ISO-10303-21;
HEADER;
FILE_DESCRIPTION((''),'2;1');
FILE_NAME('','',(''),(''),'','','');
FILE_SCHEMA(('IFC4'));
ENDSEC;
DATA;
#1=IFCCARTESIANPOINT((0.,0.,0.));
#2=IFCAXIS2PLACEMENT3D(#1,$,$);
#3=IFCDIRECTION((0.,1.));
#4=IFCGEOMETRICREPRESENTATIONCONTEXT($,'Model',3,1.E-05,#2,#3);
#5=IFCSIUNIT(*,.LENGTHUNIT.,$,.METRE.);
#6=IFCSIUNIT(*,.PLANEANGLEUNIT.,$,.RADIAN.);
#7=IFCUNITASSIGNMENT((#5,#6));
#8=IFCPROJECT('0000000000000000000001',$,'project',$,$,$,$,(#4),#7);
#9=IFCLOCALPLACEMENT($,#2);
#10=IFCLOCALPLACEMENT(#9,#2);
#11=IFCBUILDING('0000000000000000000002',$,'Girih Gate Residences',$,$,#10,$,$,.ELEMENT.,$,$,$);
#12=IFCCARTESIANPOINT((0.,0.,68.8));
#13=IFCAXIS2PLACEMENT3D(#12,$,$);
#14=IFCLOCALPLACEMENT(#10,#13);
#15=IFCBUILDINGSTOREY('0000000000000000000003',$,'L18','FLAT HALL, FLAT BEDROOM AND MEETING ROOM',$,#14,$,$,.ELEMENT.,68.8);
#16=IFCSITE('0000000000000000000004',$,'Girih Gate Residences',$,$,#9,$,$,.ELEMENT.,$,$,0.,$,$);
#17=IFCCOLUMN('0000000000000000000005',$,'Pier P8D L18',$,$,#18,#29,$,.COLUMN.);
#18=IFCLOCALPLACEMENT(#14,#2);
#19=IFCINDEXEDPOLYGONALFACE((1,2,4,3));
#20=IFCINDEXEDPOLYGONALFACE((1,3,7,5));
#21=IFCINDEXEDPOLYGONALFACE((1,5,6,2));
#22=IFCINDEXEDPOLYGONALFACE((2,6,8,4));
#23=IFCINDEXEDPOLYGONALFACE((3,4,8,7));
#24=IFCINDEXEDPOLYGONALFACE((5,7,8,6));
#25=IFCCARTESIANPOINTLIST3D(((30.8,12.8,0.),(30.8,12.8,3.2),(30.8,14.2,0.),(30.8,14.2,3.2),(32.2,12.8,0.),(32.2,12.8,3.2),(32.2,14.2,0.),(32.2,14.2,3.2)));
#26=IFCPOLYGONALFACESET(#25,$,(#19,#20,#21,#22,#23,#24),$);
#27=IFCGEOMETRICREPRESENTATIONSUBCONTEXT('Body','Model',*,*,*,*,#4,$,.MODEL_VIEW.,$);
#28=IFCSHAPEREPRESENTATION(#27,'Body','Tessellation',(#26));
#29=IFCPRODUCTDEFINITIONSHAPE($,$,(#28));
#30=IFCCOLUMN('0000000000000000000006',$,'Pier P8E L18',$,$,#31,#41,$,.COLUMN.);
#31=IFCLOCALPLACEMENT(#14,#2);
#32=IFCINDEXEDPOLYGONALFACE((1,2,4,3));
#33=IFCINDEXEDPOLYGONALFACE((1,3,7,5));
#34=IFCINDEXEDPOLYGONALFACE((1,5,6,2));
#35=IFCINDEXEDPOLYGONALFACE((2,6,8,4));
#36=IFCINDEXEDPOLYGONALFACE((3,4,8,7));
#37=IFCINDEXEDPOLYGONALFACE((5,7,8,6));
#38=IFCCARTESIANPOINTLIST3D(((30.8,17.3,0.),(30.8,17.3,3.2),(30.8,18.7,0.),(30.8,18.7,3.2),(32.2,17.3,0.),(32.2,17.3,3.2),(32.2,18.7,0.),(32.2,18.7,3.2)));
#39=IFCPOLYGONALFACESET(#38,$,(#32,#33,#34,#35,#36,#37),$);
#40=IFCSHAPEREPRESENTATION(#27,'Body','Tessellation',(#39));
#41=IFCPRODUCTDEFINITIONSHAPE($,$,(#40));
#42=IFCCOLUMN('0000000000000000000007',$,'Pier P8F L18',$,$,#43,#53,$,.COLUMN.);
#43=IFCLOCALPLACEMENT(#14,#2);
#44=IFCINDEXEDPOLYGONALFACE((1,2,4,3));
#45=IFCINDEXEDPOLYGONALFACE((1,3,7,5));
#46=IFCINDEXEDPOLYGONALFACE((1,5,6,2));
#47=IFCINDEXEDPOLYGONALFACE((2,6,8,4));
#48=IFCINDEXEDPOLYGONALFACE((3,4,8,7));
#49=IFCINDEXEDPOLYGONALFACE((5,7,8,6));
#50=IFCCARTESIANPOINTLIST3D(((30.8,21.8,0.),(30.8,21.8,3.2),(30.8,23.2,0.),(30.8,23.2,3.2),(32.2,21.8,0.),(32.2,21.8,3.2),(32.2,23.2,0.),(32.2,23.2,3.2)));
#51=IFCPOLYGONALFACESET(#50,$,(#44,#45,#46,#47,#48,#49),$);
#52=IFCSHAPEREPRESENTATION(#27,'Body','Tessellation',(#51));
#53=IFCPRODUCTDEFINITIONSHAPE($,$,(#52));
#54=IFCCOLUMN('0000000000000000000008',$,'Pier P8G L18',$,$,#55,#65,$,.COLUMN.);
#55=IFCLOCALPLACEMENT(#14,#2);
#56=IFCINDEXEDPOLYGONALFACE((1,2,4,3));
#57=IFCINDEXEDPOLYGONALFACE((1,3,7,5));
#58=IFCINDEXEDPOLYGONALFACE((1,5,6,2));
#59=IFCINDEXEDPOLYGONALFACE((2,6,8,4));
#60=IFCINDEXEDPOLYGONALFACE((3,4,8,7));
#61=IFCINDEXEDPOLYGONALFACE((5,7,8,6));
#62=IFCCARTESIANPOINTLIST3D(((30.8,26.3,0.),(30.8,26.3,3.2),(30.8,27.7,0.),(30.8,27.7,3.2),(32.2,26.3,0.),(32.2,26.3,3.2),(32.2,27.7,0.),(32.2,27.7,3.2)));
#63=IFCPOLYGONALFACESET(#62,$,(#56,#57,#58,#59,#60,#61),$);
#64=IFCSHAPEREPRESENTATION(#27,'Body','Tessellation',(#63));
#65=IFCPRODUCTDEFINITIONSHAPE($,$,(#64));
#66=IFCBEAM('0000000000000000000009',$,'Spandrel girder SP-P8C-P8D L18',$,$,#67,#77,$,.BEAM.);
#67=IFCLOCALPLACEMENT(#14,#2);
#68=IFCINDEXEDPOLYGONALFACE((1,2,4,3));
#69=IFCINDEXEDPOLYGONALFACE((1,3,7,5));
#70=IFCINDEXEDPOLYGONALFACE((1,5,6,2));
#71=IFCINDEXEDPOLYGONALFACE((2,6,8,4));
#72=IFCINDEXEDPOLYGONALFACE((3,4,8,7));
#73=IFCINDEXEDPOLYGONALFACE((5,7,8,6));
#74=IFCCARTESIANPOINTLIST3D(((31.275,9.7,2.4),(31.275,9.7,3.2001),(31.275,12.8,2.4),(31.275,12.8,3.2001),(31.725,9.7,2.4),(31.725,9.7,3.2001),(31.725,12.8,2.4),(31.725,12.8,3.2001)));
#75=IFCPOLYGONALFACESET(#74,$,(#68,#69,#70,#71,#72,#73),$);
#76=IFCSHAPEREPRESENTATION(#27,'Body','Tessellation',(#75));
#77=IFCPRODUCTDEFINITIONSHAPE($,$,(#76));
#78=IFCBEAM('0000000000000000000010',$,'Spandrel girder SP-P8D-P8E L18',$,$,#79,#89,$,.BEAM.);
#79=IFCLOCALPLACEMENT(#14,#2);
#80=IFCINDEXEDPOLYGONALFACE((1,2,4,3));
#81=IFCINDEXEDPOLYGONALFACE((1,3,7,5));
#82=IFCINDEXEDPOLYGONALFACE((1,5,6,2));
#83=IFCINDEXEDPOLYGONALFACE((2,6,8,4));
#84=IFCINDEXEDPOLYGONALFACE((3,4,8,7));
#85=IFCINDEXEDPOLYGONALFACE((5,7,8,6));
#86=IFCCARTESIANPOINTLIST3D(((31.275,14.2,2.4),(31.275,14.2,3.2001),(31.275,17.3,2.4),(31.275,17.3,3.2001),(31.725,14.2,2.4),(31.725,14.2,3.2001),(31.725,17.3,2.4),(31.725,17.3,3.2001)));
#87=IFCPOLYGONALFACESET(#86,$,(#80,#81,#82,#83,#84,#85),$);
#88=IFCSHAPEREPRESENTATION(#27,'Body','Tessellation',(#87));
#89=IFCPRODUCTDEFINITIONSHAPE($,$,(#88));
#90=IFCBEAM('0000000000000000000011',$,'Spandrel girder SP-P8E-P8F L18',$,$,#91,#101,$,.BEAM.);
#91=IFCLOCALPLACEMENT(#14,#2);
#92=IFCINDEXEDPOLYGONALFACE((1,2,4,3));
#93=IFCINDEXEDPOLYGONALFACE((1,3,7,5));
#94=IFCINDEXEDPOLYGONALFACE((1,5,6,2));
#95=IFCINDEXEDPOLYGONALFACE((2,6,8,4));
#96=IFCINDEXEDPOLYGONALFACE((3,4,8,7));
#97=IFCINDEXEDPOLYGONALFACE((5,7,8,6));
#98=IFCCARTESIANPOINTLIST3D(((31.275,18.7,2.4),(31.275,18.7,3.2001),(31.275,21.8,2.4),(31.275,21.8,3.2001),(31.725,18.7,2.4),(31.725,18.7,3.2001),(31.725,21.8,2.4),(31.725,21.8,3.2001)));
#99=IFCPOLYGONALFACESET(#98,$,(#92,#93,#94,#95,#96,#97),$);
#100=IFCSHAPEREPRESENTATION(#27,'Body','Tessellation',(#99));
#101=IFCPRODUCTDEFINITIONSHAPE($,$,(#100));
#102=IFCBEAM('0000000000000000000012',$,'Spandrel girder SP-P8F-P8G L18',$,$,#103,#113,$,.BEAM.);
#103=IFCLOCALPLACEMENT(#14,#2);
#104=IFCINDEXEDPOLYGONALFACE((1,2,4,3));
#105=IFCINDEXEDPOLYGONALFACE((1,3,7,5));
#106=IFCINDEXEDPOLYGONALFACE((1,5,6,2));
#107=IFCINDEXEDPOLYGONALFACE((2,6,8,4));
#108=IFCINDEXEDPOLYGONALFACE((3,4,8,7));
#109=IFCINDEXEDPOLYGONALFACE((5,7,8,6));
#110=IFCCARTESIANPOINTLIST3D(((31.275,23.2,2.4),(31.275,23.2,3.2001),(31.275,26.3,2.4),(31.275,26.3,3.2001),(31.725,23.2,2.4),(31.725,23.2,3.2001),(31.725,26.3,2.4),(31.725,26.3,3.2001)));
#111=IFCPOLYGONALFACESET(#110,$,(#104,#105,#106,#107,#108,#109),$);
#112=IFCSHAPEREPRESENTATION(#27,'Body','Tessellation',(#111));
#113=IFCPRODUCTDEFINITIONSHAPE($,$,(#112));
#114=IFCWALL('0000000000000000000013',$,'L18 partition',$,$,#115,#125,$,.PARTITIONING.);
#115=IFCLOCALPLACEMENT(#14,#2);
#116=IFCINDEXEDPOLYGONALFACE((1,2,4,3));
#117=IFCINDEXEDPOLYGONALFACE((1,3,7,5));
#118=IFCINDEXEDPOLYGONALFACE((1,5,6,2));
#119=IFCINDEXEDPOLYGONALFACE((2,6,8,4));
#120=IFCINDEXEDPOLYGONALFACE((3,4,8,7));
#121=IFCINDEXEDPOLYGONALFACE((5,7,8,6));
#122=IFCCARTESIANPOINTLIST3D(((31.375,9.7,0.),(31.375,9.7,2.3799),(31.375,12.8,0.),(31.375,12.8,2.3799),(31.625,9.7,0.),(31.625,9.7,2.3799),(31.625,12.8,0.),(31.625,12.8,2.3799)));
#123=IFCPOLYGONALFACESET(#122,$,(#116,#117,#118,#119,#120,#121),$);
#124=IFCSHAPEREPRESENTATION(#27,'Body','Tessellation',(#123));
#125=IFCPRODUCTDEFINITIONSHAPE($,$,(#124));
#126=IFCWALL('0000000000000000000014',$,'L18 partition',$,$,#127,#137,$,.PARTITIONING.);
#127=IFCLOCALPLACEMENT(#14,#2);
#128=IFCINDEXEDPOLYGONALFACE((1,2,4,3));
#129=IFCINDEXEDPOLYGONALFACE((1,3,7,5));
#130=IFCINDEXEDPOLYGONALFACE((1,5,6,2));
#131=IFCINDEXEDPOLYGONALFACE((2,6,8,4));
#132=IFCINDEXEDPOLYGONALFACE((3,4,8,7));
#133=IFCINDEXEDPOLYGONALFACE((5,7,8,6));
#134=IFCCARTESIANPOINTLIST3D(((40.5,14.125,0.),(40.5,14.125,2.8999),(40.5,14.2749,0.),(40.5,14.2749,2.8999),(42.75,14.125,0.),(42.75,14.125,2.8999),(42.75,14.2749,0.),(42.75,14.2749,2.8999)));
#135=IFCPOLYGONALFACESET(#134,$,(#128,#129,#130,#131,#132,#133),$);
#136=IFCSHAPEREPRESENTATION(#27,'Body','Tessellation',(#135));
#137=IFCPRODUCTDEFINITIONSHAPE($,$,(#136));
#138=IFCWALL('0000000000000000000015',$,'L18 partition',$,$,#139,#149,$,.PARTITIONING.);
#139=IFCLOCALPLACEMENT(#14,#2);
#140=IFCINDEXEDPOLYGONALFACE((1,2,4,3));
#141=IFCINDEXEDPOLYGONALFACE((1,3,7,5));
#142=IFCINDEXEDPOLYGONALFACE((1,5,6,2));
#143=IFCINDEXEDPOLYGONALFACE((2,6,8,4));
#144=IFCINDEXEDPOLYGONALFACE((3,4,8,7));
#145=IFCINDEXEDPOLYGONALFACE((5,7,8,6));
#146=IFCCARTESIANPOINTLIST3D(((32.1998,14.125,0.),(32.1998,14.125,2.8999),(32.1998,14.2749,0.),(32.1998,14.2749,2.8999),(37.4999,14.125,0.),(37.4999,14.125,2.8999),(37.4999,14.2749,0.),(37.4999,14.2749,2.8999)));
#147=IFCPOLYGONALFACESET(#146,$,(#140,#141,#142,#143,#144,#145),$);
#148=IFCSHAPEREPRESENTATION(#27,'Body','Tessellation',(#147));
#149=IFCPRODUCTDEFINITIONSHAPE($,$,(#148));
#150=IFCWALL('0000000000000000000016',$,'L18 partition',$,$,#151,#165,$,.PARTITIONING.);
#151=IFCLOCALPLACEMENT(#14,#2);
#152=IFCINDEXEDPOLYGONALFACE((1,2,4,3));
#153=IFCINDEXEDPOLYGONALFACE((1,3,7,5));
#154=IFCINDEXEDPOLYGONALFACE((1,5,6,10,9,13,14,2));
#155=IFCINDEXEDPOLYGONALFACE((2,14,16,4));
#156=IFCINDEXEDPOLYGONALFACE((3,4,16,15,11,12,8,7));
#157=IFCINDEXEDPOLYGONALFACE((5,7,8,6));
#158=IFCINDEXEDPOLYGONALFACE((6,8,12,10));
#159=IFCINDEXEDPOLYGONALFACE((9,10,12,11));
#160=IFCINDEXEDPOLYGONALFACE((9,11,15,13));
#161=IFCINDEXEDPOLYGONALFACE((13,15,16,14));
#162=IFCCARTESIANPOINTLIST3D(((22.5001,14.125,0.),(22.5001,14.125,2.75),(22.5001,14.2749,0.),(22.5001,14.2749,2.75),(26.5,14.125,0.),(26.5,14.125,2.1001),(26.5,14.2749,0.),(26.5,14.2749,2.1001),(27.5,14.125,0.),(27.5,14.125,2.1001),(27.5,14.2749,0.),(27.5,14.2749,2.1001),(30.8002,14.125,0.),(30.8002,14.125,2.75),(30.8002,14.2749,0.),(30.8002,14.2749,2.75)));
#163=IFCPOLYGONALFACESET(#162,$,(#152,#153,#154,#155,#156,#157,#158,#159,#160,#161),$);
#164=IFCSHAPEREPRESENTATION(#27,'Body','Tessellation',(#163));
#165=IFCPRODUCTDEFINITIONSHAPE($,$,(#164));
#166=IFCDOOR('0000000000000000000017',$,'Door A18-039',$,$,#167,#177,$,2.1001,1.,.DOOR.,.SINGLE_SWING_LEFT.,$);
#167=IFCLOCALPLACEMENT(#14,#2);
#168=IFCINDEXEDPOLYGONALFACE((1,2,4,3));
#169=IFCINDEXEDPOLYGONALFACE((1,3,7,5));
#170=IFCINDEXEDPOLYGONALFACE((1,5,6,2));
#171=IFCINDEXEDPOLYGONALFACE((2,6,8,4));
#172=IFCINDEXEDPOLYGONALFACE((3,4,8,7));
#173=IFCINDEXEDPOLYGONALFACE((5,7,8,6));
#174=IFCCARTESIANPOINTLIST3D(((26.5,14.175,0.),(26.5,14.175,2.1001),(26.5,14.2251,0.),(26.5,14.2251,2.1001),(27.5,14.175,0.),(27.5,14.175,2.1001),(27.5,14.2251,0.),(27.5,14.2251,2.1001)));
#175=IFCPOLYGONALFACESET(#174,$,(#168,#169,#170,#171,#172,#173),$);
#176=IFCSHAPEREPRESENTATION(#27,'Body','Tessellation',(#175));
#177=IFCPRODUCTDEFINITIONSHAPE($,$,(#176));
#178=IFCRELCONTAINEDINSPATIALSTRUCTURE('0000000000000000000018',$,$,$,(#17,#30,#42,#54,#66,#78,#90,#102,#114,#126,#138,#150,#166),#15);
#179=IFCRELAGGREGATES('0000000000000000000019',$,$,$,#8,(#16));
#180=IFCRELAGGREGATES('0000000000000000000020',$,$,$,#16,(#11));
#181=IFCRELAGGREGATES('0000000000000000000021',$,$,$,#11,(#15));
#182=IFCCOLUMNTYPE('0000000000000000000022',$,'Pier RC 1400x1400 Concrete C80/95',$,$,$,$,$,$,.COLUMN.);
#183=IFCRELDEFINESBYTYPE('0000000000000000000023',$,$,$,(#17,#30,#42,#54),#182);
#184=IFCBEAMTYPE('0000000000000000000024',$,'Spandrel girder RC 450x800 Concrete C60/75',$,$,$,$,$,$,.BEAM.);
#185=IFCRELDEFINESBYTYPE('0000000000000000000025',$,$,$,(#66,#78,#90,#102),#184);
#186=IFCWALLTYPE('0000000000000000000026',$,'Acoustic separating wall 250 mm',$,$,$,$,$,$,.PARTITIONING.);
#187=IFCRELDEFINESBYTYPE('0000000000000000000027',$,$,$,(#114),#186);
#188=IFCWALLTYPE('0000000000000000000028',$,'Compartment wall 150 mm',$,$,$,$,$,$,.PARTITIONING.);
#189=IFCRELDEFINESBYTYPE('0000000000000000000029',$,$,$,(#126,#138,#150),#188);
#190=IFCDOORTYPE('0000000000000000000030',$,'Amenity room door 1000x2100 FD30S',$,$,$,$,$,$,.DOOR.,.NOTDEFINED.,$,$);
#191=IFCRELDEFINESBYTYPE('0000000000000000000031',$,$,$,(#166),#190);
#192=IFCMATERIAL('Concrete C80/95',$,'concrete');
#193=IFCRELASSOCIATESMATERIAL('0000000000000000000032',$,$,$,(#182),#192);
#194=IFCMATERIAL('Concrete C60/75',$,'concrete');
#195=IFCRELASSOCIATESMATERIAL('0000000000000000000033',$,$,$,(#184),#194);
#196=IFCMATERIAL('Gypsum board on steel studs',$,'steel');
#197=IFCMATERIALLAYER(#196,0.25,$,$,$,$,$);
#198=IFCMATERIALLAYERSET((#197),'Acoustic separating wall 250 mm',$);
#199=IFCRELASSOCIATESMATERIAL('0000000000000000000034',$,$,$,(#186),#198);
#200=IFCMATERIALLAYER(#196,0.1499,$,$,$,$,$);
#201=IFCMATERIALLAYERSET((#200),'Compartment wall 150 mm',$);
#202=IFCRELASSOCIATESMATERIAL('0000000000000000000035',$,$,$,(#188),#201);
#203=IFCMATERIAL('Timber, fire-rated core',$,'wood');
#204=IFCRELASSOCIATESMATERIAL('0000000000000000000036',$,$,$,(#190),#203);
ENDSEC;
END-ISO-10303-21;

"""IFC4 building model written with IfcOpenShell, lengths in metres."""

from ifc_helpers import new_model, si_unit, direction, frame, frame_2d, origin, origin_2d, place, context, subcontext, project, spatial, rectangle, extrude, material, layer, layer_set, material_profile, profile_set, type_object, element, fill, save


model = new_model("IFC4")

# Units and contexts
model_context = context("Model", 3, precision=1e-05, world=origin(), true_north=direction((0.0, 1.0)))
body_context = subcontext(model_context, "Body", "Model", "MODEL_VIEW")
ifc_project = project(units=[si_unit("LENGTHUNIT", "METRE"), si_unit("PLANEANGLEUNIT", "RADIAN")], contexts=[model_context])

# Site, building, storey
site_placement = place(None, origin())
site = spatial("IfcSite", under=ifc_project, at=site_placement, Name="Girih Gate Residences", CompositionType="ELEMENT", RefElevation=0.0)
building_placement = place(site_placement, origin())
building = spatial("IfcBuilding", under=site, at=building_placement, Name="Girih Gate Residences", CompositionType="ELEMENT")
storey_placement = place(building_placement, frame((0.0, 0.0, 68.8)))
storey = spatial("IfcBuildingStorey", under=building, at=storey_placement, Name="L18", Description="FLAT HALL, FLAT BEDROOM AND MEETING ROOM", CompositionType="ELEMENT", Elevation=68.8)

# Columns
ifc_material_1 = material(Name="Concrete C80/95", Category="concrete")
ifc_material_profile_1 = material_profile(ifc_material_1, rectangle(XDim=1.3999, YDim=1.3999, at=origin_2d()))
ifc_profile_set_1 = profile_set([ifc_material_profile_1], Name="Concrete C80/95")
column_type = type_object("IfcColumnType", Name="Pier RC 1400x1400 Concrete C80/95", PredefinedType="COLUMN", material=ifc_profile_set_1)
for number, where, z_axis, x_axis, name in (
    (1, (31.5, 13.5, 0.0), (0.0, 0.0, 1.0), (1.0, 0.0, 0.0), "Pier P8D L18"),
    (2, (31.5, 18.0, 0.0), (0.0, 0.0, 1.0), (1.0, 0.0, 0.0), "Pier P8E L18"),
    (3, (31.5, 22.5, 0.0), (0.0, 0.0, 1.0), (1.0, 0.0, 0.0), "Pier P8F L18"),
    (4, (31.5, 27.0, 0.0), (0.0, 0.0, 1.0), (1.0, 0.0, 0.0), "Pier P8G L18"),
):
    element("IfcColumn", number, at=place(storey_placement, frame(where, z_axis=z_axis, x_axis=x_axis)), inside=storey, type_object=column_type, Name=name, PredefinedType="COLUMN", context=body_context, shape_type="SweptSolid", body=[
        extrude(rectangle(XDim=1.3999, YDim=1.3999, at=origin_2d()), origin(), (0.0, 0.0, 1.0), 3.2),
    ])

# Beams
ifc_material_2 = material(Name="Concrete C60/75", Category="concrete")
ifc_material_profile_2 = material_profile(ifc_material_2, rectangle(XDim=0.45, YDim=0.8, at=origin_2d()))
ifc_profile_set_2 = profile_set([ifc_material_profile_2], Name="Concrete C60/75")
beam_type = type_object("IfcBeamType", Name="Spandrel girder RC 450x800 Concrete C60/75", PredefinedType="BEAM", material=ifc_profile_set_2)
for number, where, z_axis, x_axis, name in (
    (5, (31.5, 9.7, 2.8), (0.0, 1.0, 0.0), (-1.0, 0.0, 0.0), "Spandrel girder SP-P8C-P8D L18"),
    (6, (31.5, 14.2, 2.8), (0.0, 1.0, 0.0), (-1.0, 0.0, 0.0), "Spandrel girder SP-P8D-P8E L18"),
    (7, (31.5, 18.7, 2.8), (0.0, 1.0, 0.0), (-1.0, 0.0, 0.0), "Spandrel girder SP-P8E-P8F L18"),
    (8, (31.5, 23.2, 2.8), (0.0, 1.0, 0.0), (-1.0, 0.0, 0.0), "Spandrel girder SP-P8F-P8G L18"),
):
    element("IfcBeam", number, at=place(storey_placement, frame(where, z_axis=z_axis, x_axis=x_axis)), inside=storey, type_object=beam_type, Name=name, PredefinedType="BEAM", context=body_context, shape_type="SweptSolid", body=[
        extrude(rectangle(XDim=0.45, YDim=0.8, at=origin_2d()), origin(), (0.0, 0.0, 1.0), 3.1001),
    ])

# Walls
ifc_material_3 = material(Name="Gypsum board on steel studs", Category="steel")
ifc_layer_1 = layer(ifc_material_3, 0.25)
ifc_layer_set_1 = layer_set([ifc_layer_1], Name="Acoustic separating wall 250 mm")
wall_type_1 = type_object("IfcWallType", Name="Acoustic separating wall 250 mm", PredefinedType="PARTITIONING", material=ifc_layer_set_1)
wall_1_placement = place(storey_placement, frame((31.5, 9.7, 0.0), z_axis=(0.0, 0.0, 1.0), x_axis=(0.0, 1.0, 0.0)))
element("IfcWall", 9, at=wall_1_placement, inside=storey, type_object=wall_type_1, Name="L18 partition", PredefinedType="PARTITIONING", context=body_context, shape_type="SweptSolid", body=[
    extrude(rectangle(XDim=3.1001, YDim=0.25, at=frame_2d((1.55, 0.0))), origin(), (0.0, 0.0, 1.0), 2.3799),
])
ifc_layer_2 = layer(ifc_material_3, 0.1499)
ifc_layer_set_2 = layer_set([ifc_layer_2], Name="Compartment wall 150 mm")
wall_type_2 = type_object("IfcWallType", Name="Compartment wall 150 mm", PredefinedType="PARTITIONING", material=ifc_layer_set_2)
wall_2_placement = place(storey_placement, frame((40.5, 14.2, 0.0), z_axis=(0.0, 0.0, 1.0), x_axis=(1.0, 0.0, 0.0)))
element("IfcWall", 10, at=wall_2_placement, inside=storey, type_object=wall_type_2, Name="L18 partition", PredefinedType="PARTITIONING", context=body_context, shape_type="SweptSolid", body=[
    extrude(rectangle(XDim=2.25, YDim=0.1499, at=frame_2d((1.125, 0.0))), origin(), (0.0, 0.0, 1.0), 2.8999),
])
wall_3_placement = place(storey_placement, frame((32.2, 14.2, 0.0), z_axis=(0.0, 0.0, 1.0), x_axis=(1.0, 0.0, 0.0)))
element("IfcWall", 11, at=wall_3_placement, inside=storey, type_object=wall_type_2, Name="L18 partition", PredefinedType="PARTITIONING", context=body_context, shape_type="SweptSolid", body=[
    extrude(rectangle(XDim=5.3, YDim=0.1499, at=frame_2d((2.6499, 0.0))), origin(), (0.0, 0.0, 1.0), 2.8999),
])

# Wall, opening, door
wall_4_placement = place(storey_placement, frame((30.8, 14.2, 0.0), z_axis=(0.0, 0.0, 1.0), x_axis=(-1.0, 0.0, 0.0)))
wall_4 = element("IfcWall", 12, at=wall_4_placement, inside=storey, type_object=wall_type_2, Name="L18 partition", PredefinedType="PARTITIONING", context=body_context, shape_type="SweptSolid", body=[
    extrude(rectangle(XDim=8.3, YDim=0.1499, at=frame_2d((4.1499, 0.0))), origin(), (0.0, 0.0, 1.0), 2.75),
])
opening_1_placement = place(wall_4_placement, frame((3.3, 0.0, 0.0)))
opening_1 = element("IfcOpeningElement", 13, at=opening_1_placement, cuts=wall_4, PredefinedType="OPENING", context=body_context, shape_type="SweptSolid", body=[
    extrude(rectangle(XDim=1.0, YDim=2.1001, at=frame_2d((0.5, 1.05))), frame((0.0, 0.085, 0.0), z_axis=(0.0, -1.0, 0.0), x_axis=(1.0, 0.0, 0.0)), (0.0, 0.0, 1.0), 0.1699),
])
ifc_material_4 = material(Name="Timber, fire-rated core", Category="wood")
door_type_1 = type_object("IfcDoorType", Name="Amenity room door 1000x2100 FD30S", OperationType="NOTDEFINED", PredefinedType="DOOR", material=ifc_material_4)
door_1_placement = place(opening_1_placement, origin())
door_1 = element("IfcDoor", 14, at=door_1_placement, inside=storey, type_object=door_type_1, Name="Door A18-039", OperationType="SINGLE_SWING_LEFT", OverallHeight=2.1001, OverallWidth=1.0, PredefinedType="DOOR", context=body_context, shape_type="SweptSolid", body=[
    extrude(rectangle(XDim=1.0, YDim=2.1001, at=frame_2d((0.5, 1.05))), frame((0.0, 0.0249, 0.0), z_axis=(0.0, -1.0, 0.0), x_axis=(1.0, 0.0, 0.0)), (0.0, 0.0, 1.0), 0.05),
])
fill(opening_1, door_1)

save(model, "model.ifc")
